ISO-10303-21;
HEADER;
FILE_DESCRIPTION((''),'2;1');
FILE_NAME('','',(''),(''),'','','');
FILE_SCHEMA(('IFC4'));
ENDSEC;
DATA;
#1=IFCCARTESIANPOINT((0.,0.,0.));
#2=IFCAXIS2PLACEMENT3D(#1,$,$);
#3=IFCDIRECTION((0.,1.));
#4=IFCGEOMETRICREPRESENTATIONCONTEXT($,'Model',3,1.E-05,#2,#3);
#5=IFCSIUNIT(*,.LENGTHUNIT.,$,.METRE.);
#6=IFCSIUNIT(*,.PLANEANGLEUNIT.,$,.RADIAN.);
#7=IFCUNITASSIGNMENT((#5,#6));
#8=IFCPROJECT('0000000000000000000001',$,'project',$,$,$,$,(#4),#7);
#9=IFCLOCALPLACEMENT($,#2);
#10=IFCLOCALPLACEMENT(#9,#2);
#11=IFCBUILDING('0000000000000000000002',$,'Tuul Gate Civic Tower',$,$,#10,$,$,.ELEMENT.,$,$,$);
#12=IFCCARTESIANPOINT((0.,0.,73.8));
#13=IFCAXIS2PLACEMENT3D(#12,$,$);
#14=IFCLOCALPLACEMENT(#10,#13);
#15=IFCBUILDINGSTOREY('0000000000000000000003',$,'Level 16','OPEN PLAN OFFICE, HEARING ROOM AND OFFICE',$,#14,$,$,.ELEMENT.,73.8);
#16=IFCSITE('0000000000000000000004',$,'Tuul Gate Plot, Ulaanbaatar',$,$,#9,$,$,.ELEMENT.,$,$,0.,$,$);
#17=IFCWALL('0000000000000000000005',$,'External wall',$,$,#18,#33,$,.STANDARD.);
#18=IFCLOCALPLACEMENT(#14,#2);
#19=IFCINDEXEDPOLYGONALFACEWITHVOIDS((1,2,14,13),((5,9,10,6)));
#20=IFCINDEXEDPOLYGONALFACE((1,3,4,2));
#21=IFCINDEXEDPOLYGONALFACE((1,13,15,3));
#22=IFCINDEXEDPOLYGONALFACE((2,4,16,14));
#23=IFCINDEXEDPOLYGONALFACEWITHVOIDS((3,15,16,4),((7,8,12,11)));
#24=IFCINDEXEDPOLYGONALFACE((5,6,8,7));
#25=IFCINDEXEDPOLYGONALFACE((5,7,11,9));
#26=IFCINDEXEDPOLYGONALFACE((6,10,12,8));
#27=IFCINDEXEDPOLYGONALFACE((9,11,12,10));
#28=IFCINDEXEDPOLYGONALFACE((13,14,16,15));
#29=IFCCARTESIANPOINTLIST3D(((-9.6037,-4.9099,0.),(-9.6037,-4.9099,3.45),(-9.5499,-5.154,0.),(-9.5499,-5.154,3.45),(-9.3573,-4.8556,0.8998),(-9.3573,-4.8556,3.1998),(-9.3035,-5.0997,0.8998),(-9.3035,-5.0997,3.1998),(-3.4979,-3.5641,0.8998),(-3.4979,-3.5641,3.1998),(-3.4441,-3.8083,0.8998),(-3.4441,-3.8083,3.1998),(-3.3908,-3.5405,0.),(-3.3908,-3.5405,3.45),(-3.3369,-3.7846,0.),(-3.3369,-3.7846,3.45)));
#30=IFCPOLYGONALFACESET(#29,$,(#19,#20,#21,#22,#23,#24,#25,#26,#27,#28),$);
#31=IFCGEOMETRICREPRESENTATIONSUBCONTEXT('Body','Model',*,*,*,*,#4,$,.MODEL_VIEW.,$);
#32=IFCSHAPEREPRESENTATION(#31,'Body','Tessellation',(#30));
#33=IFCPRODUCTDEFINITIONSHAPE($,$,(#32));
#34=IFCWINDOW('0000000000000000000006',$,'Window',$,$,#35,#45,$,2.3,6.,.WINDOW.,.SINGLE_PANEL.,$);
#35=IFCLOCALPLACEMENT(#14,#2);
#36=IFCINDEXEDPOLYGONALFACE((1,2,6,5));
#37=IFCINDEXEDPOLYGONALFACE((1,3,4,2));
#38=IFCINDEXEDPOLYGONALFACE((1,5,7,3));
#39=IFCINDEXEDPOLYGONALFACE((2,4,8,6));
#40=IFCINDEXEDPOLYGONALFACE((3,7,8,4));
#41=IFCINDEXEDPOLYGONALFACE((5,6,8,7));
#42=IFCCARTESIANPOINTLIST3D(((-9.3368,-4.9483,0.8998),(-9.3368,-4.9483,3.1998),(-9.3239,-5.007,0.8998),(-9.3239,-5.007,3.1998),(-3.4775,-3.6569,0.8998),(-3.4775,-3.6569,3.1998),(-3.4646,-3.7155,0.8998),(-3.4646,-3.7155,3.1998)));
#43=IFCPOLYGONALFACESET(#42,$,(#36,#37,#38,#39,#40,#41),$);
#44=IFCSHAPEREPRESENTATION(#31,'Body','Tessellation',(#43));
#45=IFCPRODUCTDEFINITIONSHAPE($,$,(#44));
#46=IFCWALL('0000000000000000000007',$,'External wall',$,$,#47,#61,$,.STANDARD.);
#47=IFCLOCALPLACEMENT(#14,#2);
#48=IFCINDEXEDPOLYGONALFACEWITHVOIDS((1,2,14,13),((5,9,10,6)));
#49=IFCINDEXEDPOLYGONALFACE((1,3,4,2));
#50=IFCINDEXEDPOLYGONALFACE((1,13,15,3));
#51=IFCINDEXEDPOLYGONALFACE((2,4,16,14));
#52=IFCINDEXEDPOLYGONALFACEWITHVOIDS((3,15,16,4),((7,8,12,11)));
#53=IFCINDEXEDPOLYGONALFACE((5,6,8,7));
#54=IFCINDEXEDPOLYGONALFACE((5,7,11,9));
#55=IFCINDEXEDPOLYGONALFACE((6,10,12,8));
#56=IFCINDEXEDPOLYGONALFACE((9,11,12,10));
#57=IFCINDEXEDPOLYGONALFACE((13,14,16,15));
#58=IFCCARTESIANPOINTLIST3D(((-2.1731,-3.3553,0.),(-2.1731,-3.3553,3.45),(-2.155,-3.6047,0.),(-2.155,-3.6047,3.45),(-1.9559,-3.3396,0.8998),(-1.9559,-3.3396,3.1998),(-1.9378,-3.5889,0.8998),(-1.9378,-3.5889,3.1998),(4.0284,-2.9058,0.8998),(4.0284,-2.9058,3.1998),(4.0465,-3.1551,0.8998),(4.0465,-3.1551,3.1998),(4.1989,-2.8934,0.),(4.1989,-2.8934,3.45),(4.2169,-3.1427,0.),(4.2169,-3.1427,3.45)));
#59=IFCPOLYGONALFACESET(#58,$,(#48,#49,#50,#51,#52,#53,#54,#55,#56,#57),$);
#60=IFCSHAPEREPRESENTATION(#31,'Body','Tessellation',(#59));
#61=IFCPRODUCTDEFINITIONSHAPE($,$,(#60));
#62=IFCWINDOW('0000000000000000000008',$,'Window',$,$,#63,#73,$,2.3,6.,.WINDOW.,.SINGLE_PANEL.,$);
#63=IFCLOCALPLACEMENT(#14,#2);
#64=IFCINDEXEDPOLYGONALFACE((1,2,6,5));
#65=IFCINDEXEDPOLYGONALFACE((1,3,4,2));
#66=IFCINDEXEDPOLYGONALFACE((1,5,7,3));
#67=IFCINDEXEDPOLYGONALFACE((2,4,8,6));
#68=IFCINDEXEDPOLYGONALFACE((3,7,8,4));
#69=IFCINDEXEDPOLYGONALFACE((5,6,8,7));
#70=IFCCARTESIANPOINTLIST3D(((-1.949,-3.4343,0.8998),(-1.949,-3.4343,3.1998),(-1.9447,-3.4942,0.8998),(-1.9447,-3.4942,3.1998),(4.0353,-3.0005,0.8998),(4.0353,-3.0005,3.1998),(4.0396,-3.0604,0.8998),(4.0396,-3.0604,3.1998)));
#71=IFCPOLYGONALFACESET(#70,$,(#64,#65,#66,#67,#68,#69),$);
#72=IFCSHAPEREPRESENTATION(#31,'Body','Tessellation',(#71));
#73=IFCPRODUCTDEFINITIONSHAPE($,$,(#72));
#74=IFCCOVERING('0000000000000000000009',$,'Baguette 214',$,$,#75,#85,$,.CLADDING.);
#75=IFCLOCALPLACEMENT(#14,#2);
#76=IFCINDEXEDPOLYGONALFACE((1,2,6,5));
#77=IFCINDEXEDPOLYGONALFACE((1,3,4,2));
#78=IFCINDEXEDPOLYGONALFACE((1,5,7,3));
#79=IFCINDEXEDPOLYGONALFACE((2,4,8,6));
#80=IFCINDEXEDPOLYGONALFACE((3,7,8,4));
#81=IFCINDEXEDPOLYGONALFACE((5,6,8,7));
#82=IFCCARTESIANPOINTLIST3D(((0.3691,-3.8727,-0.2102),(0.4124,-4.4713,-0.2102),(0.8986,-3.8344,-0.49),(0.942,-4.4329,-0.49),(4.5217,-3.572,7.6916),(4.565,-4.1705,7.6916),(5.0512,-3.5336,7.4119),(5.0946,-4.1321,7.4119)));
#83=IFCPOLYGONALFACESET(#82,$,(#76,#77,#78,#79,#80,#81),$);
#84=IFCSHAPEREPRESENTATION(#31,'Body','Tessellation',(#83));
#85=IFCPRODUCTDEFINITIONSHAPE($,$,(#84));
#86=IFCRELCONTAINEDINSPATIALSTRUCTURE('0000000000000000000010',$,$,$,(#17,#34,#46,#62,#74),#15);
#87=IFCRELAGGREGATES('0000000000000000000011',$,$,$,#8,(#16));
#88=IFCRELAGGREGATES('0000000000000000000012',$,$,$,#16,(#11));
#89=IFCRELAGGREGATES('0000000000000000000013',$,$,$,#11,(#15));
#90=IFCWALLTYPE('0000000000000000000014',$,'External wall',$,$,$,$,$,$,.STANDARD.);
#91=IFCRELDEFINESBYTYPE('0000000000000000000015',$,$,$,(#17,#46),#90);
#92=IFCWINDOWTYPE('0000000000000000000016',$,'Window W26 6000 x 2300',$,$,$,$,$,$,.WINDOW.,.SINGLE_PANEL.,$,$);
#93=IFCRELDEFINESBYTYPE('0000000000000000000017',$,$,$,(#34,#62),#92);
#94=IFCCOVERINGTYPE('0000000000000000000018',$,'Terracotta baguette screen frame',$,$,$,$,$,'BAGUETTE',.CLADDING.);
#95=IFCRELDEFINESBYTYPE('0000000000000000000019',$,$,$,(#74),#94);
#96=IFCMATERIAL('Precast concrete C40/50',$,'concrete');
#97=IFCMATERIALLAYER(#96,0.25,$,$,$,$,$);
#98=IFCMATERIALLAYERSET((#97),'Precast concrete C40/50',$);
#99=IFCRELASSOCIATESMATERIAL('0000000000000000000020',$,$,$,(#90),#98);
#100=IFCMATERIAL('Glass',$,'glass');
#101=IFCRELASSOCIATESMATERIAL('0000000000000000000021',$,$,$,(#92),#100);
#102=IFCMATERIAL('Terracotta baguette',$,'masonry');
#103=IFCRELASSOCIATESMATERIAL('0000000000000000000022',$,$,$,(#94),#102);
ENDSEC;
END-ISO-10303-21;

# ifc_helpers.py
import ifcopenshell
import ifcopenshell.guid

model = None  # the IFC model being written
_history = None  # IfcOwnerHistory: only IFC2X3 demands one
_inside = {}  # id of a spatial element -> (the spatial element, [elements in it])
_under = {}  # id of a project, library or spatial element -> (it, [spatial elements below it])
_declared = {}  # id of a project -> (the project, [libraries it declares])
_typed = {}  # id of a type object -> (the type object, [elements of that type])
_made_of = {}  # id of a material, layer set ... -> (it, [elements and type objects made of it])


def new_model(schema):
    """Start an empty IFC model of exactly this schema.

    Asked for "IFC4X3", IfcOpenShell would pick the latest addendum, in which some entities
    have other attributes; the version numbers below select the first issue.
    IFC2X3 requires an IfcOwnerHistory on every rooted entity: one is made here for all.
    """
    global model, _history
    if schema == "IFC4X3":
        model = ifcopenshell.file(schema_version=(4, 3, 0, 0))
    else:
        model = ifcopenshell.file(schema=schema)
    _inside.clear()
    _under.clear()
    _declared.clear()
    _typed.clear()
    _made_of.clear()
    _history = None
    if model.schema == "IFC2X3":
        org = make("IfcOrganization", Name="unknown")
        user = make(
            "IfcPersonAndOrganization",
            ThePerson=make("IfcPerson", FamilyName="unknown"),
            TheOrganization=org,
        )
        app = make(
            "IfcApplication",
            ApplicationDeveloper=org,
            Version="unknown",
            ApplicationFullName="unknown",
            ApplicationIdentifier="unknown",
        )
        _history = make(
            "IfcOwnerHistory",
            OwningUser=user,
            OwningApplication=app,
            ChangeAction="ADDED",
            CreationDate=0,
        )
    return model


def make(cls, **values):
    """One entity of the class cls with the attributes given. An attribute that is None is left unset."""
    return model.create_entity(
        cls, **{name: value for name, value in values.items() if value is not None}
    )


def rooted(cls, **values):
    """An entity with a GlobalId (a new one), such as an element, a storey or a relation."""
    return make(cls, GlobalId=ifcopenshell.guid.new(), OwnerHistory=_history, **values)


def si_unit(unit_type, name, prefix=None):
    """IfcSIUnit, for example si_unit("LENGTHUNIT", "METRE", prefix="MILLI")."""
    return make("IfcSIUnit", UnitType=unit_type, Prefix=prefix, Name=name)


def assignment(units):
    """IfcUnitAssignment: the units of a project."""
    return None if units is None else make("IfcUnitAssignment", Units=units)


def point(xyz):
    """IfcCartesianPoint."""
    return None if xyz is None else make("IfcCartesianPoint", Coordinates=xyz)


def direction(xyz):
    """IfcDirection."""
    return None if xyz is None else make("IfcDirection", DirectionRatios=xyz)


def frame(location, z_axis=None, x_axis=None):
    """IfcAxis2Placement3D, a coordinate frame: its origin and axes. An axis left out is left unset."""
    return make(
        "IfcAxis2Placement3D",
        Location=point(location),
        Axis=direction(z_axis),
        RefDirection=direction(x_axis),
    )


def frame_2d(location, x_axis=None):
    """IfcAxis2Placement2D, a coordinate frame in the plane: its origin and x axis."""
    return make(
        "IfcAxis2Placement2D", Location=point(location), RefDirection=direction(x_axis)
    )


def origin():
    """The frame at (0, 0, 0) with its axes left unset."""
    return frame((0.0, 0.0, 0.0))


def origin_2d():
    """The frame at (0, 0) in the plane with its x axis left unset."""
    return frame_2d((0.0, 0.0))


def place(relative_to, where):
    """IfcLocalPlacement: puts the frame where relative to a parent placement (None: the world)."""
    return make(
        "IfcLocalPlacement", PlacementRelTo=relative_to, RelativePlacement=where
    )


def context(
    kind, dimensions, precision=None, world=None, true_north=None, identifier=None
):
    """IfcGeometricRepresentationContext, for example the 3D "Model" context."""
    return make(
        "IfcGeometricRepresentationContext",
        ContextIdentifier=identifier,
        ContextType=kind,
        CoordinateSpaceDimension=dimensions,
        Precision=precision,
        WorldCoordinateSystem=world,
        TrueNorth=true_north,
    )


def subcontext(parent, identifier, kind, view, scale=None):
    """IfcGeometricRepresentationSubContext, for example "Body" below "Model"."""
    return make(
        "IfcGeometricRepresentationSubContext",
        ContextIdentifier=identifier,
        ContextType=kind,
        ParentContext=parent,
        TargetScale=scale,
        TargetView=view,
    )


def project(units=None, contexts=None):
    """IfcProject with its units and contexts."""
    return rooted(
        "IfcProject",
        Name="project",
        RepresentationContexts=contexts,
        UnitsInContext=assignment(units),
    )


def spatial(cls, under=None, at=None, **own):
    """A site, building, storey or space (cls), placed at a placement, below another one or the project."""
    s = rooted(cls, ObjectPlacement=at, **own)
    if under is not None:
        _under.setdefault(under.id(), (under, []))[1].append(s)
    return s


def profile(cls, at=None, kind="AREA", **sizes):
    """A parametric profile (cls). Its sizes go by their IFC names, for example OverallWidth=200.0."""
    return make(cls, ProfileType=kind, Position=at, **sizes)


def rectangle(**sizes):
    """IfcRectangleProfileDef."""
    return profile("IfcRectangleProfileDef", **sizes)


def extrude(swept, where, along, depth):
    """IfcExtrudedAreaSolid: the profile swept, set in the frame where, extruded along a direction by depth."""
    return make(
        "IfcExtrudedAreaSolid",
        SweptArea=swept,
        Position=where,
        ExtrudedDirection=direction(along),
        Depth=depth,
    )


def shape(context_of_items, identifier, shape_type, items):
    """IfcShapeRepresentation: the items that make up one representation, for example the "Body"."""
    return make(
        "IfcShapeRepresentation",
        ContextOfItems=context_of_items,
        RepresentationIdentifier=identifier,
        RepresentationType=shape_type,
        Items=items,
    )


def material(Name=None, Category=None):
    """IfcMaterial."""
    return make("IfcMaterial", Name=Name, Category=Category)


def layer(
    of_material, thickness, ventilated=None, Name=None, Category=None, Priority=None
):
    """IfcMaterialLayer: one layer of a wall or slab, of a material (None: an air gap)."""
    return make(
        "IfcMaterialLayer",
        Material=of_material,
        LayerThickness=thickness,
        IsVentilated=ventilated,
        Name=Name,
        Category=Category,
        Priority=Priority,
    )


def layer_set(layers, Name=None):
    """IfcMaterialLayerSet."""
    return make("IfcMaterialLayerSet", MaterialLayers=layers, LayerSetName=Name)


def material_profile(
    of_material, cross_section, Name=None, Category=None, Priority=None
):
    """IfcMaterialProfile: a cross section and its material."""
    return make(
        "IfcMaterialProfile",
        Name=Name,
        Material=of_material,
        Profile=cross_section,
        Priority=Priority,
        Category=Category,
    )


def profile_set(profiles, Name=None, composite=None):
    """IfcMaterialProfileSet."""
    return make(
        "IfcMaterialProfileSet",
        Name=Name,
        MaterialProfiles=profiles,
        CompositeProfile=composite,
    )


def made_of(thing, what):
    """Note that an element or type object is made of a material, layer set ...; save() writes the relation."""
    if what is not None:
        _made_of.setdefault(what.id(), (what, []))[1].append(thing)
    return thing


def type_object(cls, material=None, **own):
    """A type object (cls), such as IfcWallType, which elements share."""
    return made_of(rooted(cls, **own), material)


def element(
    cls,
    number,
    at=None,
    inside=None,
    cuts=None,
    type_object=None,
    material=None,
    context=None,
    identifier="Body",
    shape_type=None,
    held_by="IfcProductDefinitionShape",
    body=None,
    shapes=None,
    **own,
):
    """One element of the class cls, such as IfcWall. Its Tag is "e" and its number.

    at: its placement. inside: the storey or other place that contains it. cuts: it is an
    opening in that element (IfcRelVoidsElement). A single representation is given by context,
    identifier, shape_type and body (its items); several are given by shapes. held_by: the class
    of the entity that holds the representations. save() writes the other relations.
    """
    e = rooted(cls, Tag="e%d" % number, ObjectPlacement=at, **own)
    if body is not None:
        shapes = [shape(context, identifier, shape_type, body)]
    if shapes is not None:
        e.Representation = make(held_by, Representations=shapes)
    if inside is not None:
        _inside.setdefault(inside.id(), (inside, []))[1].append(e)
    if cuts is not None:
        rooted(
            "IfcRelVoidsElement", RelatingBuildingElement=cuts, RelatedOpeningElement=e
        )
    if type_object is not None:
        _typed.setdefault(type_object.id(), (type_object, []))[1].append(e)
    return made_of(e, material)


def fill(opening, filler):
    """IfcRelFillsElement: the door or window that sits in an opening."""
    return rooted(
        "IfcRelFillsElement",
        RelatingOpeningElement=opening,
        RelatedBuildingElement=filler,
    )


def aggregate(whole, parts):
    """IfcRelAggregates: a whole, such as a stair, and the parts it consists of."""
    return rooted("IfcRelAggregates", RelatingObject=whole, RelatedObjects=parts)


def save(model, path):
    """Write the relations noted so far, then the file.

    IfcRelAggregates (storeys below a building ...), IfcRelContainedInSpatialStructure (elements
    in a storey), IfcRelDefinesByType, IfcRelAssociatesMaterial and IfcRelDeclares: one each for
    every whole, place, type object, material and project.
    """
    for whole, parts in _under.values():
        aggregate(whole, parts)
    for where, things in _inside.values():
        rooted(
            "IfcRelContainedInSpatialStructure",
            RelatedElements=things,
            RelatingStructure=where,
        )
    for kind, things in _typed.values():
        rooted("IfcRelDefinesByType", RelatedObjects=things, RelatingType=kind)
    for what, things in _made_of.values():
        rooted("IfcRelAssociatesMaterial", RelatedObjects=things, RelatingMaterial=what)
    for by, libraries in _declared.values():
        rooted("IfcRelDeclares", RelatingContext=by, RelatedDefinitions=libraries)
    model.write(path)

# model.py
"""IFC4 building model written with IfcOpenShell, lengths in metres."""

from ifc_helpers import new_model, si_unit, direction, frame, frame_2d, origin, origin_2d, place, context, subcontext, project, spatial, rectangle, extrude, material, layer, layer_set, material_profile, profile_set, type_object, element, fill, save


model = new_model("IFC4")

# Units and contexts
model_context = context("Model", 3, precision=1e-05, world=origin(), true_north=direction((0.0, 1.0)))
body_context = subcontext(model_context, "Body", "Model", "MODEL_VIEW")
ifc_project = project(units=[si_unit("LENGTHUNIT", "METRE"), si_unit("PLANEANGLEUNIT", "RADIAN")], contexts=[model_context])

# Site, building, storey
site_placement = place(None, origin())
site = spatial("IfcSite", under=ifc_project, at=site_placement, Name="Tuul Gate Plot, Ulaanbaatar", CompositionType="ELEMENT", RefElevation=0.0)
building_placement = place(site_placement, origin())
building = spatial("IfcBuilding", under=site, at=building_placement, Name="Tuul Gate Civic Tower", CompositionType="ELEMENT")
storey_placement = place(building_placement, frame((0.0, 0.0, 73.8)))
storey = spatial("IfcBuildingStorey", under=building, at=storey_placement, Name="Level 16", Description="OPEN PLAN OFFICE, HEARING ROOM AND OFFICE", CompositionType="ELEMENT", Elevation=73.8)

# Walls, openings, windows
ifc_material_1 = material(Name="Precast concrete C40/50", Category="concrete")
ifc_layer_1 = layer(ifc_material_1, 0.25)
ifc_layer_set_1 = layer_set([ifc_layer_1], Name="Precast concrete C40/50")
wall_type = type_object("IfcWallType", Name="External wall", PredefinedType="STANDARD", material=ifc_layer_set_1)
wall_1_placement = place(storey_placement, frame((-9.5769, -5.032, 0.0), z_axis=(0.0, 0.0, 1.0), x_axis=(0.97656, 0.215244, 0.0)))
wall_1 = element("IfcWall", 1, at=wall_1_placement, inside=storey, type_object=wall_type, Name="External wall", PredefinedType="STANDARD", context=body_context, shape_type="SweptSolid", body=[
    extrude(rectangle(XDim=6.3621, YDim=0.25, at=frame_2d((3.1812, 0.0))), origin(), (0.0, 0.0, 1.0), 3.45),
])
opening_1_placement = place(wall_1_placement, frame((0.2524, 0.0, 0.8999)))
opening_1 = element("IfcOpeningElement", 2, at=opening_1_placement, cuts=wall_1, PredefinedType="OPENING", context=body_context, shape_type="SweptSolid", body=[
    extrude(rectangle(XDim=6.0, YDim=2.3, at=frame_2d((3.0, 1.1499))), frame((0.0, 0.135, 0.0), z_axis=(0.0, -1.0, 0.0), x_axis=(1.0, 0.0, 0.0)), (0.0, 0.0, 1.0), 0.27),
])
ifc_material_2 = material(Name="Glass", Category="glass")
window_type = type_object("IfcWindowType", Name="Window W26 6000 x 2300", PartitioningType="SINGLE_PANEL", PredefinedType="WINDOW", material=ifc_material_2)
window_1_placement = place(opening_1_placement, origin())
window_1 = element("IfcWindow", 3, at=window_1_placement, inside=storey, type_object=window_type, Name="Window", OverallHeight=2.3, OverallWidth=6.0, PartitioningType="SINGLE_PANEL", PredefinedType="WINDOW", context=body_context, shape_type="SweptSolid", body=[
    extrude(rectangle(XDim=6.0, YDim=2.3, at=frame_2d((3.0, 1.1499))), frame((0.0, 0.03, 0.0), z_axis=(0.0, -1.0, 0.0), x_axis=(1.0, 0.0, 0.0)), (0.0, 0.0, 1.0), 0.0601),
])
fill(opening_1, window_1)
wall_2_placement = place(storey_placement, frame((-2.1641, -3.48, 0.0), z_axis=(0.0, 0.0, 1.0), x_axis=(0.997383, 0.072301, 0.0)))
wall_2 = element("IfcWall", 4, at=wall_2_placement, inside=storey, type_object=wall_type, Name="External wall", PredefinedType="STANDARD", context=body_context, shape_type="SweptSolid", body=[
    extrude(rectangle(XDim=6.3887, YDim=0.25, at=frame_2d((3.1943, 0.0))), origin(), (0.0, 0.0, 1.0), 3.45),
])
opening_2_placement = place(wall_2_placement, frame((0.2178, 0.0, 0.8999)))
opening_2 = element("IfcOpeningElement", 5, at=opening_2_placement, cuts=wall_2, PredefinedType="OPENING", context=body_context, shape_type="SweptSolid", body=[
    extrude(rectangle(XDim=6.0, YDim=2.3, at=frame_2d((3.0, 1.1499))), frame((0.0, 0.135, 0.0), z_axis=(0.0, -1.0, 0.0), x_axis=(1.0, 0.0, 0.0)), (0.0, 0.0, 1.0), 0.27),
])
window_2_placement = place(opening_2_placement, origin())
window_2 = element("IfcWindow", 6, at=window_2_placement, inside=storey, type_object=window_type, Name="Window", OverallHeight=2.3, OverallWidth=6.0, PartitioningType="SINGLE_PANEL", PredefinedType="WINDOW", context=body_context, shape_type="SweptSolid", body=[
    extrude(rectangle(XDim=6.0, YDim=2.3, at=frame_2d((3.0, 1.1499))), frame((0.0, 0.03, 0.0), z_axis=(0.0, -1.0, 0.0), x_axis=(1.0, 0.0, 0.0)), (0.0, 0.0, 1.0), 0.0601),
])
fill(opening_2, window_2)

# Covering
ifc_material_3 = material(Name="Terracotta baguette", Category="masonry")
ifc_material_profile_1 = material_profile(ifc_material_3, rectangle(XDim=0.6001, YDim=0.6001, at=origin_2d()), Name="Terracotta baguette screen frame")
ifc_profile_set_1 = profile_set([ifc_material_profile_1], Name="Terracotta baguette")
covering_type = type_object("IfcCoveringType", Name="Terracotta baguette screen frame", ElementType="BAGUETTE", PredefinedType="CLADDING", material=ifc_profile_set_1)
covering_placement = place(storey_placement, frame((0.6555, -4.1528, -0.3501), z_axis=(0.464931, 0.033676, 0.884706), x_axis=(-0.072243, 0.997387, 0.0)))
element("IfcCovering", 7, at=covering_placement, inside=storey, type_object=covering_type, Name="Baguette 214", PredefinedType="CLADDING", context=body_context, shape_type="SweptSolid", body=[
    extrude(rectangle(XDim=0.6001, YDim=0.6001, at=origin_2d()), origin(), (0.0, 0.0, 1.0), 8.9316),
])

save(model, "model.ifc")
